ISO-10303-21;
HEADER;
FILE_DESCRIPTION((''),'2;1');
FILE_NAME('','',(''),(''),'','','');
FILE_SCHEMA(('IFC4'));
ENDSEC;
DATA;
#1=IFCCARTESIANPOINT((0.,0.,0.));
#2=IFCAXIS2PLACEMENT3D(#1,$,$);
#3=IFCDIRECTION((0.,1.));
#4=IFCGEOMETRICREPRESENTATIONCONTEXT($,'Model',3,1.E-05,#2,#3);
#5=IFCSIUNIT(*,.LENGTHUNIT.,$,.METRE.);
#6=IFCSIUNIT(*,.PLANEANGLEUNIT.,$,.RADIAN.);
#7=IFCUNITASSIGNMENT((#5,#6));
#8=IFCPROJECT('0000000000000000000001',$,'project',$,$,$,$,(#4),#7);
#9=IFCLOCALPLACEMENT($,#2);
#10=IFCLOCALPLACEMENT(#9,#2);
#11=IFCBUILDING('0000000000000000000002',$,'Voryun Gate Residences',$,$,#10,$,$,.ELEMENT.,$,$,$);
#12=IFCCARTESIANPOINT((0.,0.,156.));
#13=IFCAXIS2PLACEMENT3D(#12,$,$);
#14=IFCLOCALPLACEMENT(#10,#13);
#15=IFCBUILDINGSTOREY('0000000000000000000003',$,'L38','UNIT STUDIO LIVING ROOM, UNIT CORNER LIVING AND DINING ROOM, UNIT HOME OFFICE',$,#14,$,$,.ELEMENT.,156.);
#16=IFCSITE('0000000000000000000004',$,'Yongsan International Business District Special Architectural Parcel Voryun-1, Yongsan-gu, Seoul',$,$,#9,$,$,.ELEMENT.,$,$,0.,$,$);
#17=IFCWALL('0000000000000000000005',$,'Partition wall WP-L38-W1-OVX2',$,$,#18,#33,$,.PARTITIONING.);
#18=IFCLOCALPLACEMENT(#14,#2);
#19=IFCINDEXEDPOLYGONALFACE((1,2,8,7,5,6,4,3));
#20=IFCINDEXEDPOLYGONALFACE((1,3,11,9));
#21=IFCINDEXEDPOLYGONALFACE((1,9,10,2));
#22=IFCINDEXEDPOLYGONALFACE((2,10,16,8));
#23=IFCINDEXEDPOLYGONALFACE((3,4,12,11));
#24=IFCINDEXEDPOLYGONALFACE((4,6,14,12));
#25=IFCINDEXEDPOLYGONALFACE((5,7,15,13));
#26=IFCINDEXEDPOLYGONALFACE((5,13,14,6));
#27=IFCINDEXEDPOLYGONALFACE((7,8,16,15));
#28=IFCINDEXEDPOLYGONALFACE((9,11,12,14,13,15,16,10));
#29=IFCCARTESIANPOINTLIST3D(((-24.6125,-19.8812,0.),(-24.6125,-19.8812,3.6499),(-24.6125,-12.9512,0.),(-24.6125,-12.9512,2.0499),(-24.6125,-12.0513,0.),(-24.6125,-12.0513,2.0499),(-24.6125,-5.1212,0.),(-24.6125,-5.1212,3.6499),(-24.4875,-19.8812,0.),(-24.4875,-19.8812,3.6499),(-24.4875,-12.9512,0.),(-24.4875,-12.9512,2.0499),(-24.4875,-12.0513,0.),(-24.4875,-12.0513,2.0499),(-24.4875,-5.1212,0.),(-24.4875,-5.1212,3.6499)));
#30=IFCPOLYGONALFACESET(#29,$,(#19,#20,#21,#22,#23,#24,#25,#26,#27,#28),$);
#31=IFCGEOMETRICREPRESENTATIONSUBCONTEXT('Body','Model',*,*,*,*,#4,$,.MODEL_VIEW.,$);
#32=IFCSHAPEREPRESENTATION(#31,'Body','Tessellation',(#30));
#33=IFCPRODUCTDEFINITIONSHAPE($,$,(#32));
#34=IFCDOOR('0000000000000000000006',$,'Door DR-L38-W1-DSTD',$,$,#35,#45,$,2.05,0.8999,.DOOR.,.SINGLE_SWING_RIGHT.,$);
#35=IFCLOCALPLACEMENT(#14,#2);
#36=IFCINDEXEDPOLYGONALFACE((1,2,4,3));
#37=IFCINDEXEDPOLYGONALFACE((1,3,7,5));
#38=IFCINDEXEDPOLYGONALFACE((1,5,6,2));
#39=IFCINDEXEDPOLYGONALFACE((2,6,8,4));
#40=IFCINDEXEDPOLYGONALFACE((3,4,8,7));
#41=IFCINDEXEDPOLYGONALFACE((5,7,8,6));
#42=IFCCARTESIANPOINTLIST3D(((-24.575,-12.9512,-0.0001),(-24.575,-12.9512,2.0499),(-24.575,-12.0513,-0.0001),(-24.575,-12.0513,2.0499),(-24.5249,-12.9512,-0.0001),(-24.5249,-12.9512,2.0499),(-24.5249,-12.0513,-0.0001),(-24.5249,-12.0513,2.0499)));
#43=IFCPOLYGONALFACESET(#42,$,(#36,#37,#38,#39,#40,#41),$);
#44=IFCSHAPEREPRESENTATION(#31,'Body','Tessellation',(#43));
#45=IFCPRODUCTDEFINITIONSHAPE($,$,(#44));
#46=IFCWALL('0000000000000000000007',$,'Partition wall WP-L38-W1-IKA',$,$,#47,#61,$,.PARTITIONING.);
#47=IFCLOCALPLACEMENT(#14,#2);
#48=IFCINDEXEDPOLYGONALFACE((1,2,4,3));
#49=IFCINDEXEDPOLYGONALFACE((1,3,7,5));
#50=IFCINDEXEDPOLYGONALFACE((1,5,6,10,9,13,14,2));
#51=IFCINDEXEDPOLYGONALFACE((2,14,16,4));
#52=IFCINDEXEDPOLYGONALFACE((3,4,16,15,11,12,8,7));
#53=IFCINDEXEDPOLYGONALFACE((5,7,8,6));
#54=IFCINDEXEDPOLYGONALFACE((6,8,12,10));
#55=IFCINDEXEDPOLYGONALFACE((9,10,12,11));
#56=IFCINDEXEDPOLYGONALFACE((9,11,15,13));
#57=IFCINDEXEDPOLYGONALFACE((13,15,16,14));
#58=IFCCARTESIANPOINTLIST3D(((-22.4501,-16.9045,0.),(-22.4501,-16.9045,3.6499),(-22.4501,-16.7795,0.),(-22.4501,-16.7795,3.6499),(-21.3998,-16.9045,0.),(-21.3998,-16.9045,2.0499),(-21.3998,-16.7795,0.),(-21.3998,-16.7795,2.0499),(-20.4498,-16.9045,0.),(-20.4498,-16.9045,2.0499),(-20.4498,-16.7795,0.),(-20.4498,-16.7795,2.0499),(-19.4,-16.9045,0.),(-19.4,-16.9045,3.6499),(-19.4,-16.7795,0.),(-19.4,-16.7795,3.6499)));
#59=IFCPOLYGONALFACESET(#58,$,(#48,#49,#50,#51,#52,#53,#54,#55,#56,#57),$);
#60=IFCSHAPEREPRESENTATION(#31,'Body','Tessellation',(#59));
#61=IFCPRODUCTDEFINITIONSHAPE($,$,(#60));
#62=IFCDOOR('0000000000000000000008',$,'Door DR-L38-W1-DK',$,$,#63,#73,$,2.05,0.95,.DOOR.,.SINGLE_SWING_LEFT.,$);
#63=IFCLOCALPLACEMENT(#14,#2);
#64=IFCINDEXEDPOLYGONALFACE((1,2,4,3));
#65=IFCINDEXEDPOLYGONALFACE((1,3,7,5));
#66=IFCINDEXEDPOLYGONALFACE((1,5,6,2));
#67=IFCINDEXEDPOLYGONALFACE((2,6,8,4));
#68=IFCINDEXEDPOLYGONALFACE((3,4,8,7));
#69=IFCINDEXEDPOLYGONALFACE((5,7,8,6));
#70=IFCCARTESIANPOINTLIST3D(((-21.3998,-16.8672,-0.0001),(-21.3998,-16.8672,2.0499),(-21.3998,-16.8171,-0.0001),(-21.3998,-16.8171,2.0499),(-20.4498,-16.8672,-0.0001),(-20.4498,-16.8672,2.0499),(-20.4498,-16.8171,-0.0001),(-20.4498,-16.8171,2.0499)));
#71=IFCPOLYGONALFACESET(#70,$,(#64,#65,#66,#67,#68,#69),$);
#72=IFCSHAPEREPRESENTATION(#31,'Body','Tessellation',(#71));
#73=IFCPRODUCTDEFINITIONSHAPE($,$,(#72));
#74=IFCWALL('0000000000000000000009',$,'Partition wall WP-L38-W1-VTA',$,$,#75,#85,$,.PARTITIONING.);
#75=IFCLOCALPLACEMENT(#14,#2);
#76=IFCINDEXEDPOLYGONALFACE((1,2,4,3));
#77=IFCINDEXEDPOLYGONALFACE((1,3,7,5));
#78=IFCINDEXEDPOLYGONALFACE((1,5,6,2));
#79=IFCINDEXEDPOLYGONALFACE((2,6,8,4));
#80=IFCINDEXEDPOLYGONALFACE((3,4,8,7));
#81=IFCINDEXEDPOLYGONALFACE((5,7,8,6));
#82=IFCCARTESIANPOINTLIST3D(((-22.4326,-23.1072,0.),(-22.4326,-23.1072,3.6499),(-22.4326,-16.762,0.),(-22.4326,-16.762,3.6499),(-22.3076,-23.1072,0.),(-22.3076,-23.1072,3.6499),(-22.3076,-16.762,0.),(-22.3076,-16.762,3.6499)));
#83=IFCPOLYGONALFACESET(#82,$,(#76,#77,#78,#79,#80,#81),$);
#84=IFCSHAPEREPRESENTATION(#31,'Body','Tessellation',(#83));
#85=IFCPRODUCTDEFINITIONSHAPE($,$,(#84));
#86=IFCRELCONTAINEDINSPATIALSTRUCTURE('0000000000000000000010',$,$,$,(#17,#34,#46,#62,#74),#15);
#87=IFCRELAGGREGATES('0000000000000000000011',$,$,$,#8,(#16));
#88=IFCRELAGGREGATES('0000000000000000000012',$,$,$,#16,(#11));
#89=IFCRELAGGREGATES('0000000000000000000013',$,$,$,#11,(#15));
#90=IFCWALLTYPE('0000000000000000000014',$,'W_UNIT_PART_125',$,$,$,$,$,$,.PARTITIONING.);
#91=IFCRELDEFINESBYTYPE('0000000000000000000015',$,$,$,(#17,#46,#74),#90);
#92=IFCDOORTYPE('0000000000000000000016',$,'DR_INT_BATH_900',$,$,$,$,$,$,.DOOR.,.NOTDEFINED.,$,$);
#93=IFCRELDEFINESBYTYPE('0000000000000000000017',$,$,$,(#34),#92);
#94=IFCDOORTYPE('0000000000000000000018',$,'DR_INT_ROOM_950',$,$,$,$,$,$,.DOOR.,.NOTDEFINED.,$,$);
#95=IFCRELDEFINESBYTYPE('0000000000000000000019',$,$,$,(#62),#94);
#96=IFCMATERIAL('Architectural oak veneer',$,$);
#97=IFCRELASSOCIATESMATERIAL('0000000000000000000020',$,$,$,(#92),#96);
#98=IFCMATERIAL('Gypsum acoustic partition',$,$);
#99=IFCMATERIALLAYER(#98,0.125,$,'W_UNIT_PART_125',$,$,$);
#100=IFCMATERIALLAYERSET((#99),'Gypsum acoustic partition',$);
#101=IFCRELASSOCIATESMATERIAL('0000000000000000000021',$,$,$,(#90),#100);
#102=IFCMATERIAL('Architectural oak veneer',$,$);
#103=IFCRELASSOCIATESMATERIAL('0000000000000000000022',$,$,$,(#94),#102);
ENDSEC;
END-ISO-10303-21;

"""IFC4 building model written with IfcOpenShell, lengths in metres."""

from ifc_helpers import new_model, si_unit, direction, frame, frame_2d, origin, place, context, subcontext, project, spatial, rectangle, extrude, material, layer, layer_set, type_object, element, fill, save


model = new_model("IFC4")

# Units and contexts
model_context = context("Model", 3, precision=1e-05, world=origin(), true_north=direction((0.0, 1.0)))
body_context = subcontext(model_context, "Body", "Model", "MODEL_VIEW")
ifc_project = project(units=[si_unit("LENGTHUNIT", "METRE"), si_unit("PLANEANGLEUNIT", "RADIAN")], contexts=[model_context])

# Site, building, storey
site_placement = place(None, origin())
site = spatial("IfcSite", under=ifc_project, at=site_placement, Name="Yongsan International Business District Special Architectural Parcel Voryun-1, Yongsan-gu, Seoul", CompositionType="ELEMENT", RefElevation=0.0)
building_placement = place(site_placement, origin())
building = spatial("IfcBuilding", under=site, at=building_placement, Name="Voryun Gate Residences", CompositionType="ELEMENT")
storey_placement = place(building_placement, frame((0.0, 0.0, 156.0)))
storey = spatial("IfcBuildingStorey", under=building, at=storey_placement, Name="L38", Description="UNIT STUDIO LIVING ROOM, UNIT CORNER LIVING AND DINING ROOM, UNIT HOME OFFICE", CompositionType="ELEMENT", Elevation=156.0)

# Shared definitions
ifc_material_1 = material(Name="Architectural oak veneer")
door_type_1 = type_object("IfcDoorType", Name="DR_INT_BATH_900", OperationType="NOTDEFINED", PredefinedType="DOOR", material=ifc_material_1)

# Shared definitions
ifc_material_2 = material(Name="Gypsum acoustic partition")
ifc_layer_1 = layer(ifc_material_2, 0.125, Name="W_UNIT_PART_125")
ifc_layer_set_1 = layer_set([ifc_layer_1], Name="Gypsum acoustic partition")
wall_type_1 = type_object("IfcWallType", Name="W_UNIT_PART_125", PredefinedType="PARTITIONING", material=ifc_layer_set_1)

# Walls, openings, doors
wall_1_placement = place(storey_placement, frame((-24.55, -19.8811, 0.0), z_axis=(0.0, 0.0, 1.0), x_axis=(0.0, 1.0, 0.0)))
wall_1 = element("IfcWall", 1, at=wall_1_placement, inside=storey, type_object=wall_type_1, Name="Partition wall WP-L38-W1-OVX2", PredefinedType="PARTITIONING", context=body_context, shape_type="SweptSolid", body=[
    extrude(rectangle(XDim=14.76, YDim=0.125, at=frame_2d((7.3799, 0.0))), origin(), (0.0, 0.0, 1.0), 3.6499),
])
opening_1_placement = place(wall_1_placement, frame((6.9299, 0.0, 0.0)))
opening_1 = element("IfcOpeningElement", 2, at=opening_1_placement, cuts=wall_1, PredefinedType="OPENING", context=body_context, shape_type="SweptSolid", body=[
    extrude(rectangle(XDim=0.8999, YDim=2.05, at=frame_2d((0.45, 1.0249))), frame((0.0, 0.0725, 0.0), z_axis=(0.0, -1.0, 0.0), x_axis=(1.0, 0.0, 0.0)), (0.0, 0.0, 1.0), 0.145),
])
door_1_placement = place(opening_1_placement, origin())
door_1 = element("IfcDoor", 3, at=door_1_placement, inside=storey, type_object=door_type_1, Name="Door DR-L38-W1-DSTD", OperationType="SINGLE_SWING_RIGHT", OverallHeight=2.05, OverallWidth=0.8999, PredefinedType="DOOR", context=body_context, shape_type="SweptSolid", body=[
    extrude(rectangle(XDim=0.8999, YDim=2.05, at=frame_2d((0.45, 1.0249))), frame((0.0, 0.0249, 0.0), z_axis=(0.0, -1.0, 0.0), x_axis=(1.0, 0.0, 0.0)), (0.0, 0.0, 1.0), 0.05),
])
fill(opening_1, door_1)
wall_2_placement = place(storey_placement, frame((-22.45, -16.842, 0.0), z_axis=(0.0, 0.0, 1.0), x_axis=(1.0, 0.0, 0.0)))
wall_2 = element("IfcWall", 4, at=wall_2_placement, inside=storey, type_object=wall_type_1, Name="Partition wall WP-L38-W1-IKA", PredefinedType="PARTITIONING", context=body_context, shape_type="SweptSolid", body=[
    extrude(rectangle(XDim=3.05, YDim=0.125, at=frame_2d((1.5249, 0.0))), origin(), (0.0, 0.0, 1.0), 3.6499),
])
opening_2_placement = place(wall_2_placement, frame((1.05, 0.0, 0.0)))
opening_2 = element("IfcOpeningElement", 5, at=opening_2_placement, cuts=wall_2, PredefinedType="OPENING", context=body_context, shape_type="SweptSolid", body=[
    extrude(rectangle(XDim=0.95, YDim=2.05, at=frame_2d((0.4751, 1.0249))), frame((0.0, 0.0725, 0.0), z_axis=(0.0, -1.0, 0.0), x_axis=(1.0, 0.0, 0.0)), (0.0, 0.0, 1.0), 0.145),
])
ifc_material_3 = material(Name="Architectural oak veneer")
door_type_2 = type_object("IfcDoorType", Name="DR_INT_ROOM_950", OperationType="NOTDEFINED", PredefinedType="DOOR", material=ifc_material_3)
door_2_placement = place(opening_2_placement, origin())
door_2 = element("IfcDoor", 6, at=door_2_placement, inside=storey, type_object=door_type_2, Name="Door DR-L38-W1-DK", OperationType="SINGLE_SWING_LEFT", OverallHeight=2.05, OverallWidth=0.95, PredefinedType="DOOR", context=body_context, shape_type="SweptSolid", body=[
    extrude(rectangle(XDim=0.95, YDim=2.05, at=frame_2d((0.4751, 1.0249))), frame((0.0, 0.0249, 0.0), z_axis=(0.0, -1.0, 0.0), x_axis=(1.0, 0.0, 0.0)), (0.0, 0.0, 1.0), 0.05),
])
fill(opening_2, door_2)

# Wall
wall_3_placement = place(storey_placement, frame((-22.3701, -23.1072, 0.0), z_axis=(0.0, 0.0, 1.0), x_axis=(0.0, 1.0, 0.0)))
element("IfcWall", 7, at=wall_3_placement, inside=storey, type_object=wall_type_1, Name="Partition wall WP-L38-W1-VTA", PredefinedType="PARTITIONING", context=body_context, shape_type="SweptSolid", body=[
    extrude(rectangle(XDim=6.3452, YDim=0.125, at=frame_2d((3.1726, 0.0))), origin(), (0.0, 0.0, 1.0), 3.6499),
])

save(model, "model.ifc")
